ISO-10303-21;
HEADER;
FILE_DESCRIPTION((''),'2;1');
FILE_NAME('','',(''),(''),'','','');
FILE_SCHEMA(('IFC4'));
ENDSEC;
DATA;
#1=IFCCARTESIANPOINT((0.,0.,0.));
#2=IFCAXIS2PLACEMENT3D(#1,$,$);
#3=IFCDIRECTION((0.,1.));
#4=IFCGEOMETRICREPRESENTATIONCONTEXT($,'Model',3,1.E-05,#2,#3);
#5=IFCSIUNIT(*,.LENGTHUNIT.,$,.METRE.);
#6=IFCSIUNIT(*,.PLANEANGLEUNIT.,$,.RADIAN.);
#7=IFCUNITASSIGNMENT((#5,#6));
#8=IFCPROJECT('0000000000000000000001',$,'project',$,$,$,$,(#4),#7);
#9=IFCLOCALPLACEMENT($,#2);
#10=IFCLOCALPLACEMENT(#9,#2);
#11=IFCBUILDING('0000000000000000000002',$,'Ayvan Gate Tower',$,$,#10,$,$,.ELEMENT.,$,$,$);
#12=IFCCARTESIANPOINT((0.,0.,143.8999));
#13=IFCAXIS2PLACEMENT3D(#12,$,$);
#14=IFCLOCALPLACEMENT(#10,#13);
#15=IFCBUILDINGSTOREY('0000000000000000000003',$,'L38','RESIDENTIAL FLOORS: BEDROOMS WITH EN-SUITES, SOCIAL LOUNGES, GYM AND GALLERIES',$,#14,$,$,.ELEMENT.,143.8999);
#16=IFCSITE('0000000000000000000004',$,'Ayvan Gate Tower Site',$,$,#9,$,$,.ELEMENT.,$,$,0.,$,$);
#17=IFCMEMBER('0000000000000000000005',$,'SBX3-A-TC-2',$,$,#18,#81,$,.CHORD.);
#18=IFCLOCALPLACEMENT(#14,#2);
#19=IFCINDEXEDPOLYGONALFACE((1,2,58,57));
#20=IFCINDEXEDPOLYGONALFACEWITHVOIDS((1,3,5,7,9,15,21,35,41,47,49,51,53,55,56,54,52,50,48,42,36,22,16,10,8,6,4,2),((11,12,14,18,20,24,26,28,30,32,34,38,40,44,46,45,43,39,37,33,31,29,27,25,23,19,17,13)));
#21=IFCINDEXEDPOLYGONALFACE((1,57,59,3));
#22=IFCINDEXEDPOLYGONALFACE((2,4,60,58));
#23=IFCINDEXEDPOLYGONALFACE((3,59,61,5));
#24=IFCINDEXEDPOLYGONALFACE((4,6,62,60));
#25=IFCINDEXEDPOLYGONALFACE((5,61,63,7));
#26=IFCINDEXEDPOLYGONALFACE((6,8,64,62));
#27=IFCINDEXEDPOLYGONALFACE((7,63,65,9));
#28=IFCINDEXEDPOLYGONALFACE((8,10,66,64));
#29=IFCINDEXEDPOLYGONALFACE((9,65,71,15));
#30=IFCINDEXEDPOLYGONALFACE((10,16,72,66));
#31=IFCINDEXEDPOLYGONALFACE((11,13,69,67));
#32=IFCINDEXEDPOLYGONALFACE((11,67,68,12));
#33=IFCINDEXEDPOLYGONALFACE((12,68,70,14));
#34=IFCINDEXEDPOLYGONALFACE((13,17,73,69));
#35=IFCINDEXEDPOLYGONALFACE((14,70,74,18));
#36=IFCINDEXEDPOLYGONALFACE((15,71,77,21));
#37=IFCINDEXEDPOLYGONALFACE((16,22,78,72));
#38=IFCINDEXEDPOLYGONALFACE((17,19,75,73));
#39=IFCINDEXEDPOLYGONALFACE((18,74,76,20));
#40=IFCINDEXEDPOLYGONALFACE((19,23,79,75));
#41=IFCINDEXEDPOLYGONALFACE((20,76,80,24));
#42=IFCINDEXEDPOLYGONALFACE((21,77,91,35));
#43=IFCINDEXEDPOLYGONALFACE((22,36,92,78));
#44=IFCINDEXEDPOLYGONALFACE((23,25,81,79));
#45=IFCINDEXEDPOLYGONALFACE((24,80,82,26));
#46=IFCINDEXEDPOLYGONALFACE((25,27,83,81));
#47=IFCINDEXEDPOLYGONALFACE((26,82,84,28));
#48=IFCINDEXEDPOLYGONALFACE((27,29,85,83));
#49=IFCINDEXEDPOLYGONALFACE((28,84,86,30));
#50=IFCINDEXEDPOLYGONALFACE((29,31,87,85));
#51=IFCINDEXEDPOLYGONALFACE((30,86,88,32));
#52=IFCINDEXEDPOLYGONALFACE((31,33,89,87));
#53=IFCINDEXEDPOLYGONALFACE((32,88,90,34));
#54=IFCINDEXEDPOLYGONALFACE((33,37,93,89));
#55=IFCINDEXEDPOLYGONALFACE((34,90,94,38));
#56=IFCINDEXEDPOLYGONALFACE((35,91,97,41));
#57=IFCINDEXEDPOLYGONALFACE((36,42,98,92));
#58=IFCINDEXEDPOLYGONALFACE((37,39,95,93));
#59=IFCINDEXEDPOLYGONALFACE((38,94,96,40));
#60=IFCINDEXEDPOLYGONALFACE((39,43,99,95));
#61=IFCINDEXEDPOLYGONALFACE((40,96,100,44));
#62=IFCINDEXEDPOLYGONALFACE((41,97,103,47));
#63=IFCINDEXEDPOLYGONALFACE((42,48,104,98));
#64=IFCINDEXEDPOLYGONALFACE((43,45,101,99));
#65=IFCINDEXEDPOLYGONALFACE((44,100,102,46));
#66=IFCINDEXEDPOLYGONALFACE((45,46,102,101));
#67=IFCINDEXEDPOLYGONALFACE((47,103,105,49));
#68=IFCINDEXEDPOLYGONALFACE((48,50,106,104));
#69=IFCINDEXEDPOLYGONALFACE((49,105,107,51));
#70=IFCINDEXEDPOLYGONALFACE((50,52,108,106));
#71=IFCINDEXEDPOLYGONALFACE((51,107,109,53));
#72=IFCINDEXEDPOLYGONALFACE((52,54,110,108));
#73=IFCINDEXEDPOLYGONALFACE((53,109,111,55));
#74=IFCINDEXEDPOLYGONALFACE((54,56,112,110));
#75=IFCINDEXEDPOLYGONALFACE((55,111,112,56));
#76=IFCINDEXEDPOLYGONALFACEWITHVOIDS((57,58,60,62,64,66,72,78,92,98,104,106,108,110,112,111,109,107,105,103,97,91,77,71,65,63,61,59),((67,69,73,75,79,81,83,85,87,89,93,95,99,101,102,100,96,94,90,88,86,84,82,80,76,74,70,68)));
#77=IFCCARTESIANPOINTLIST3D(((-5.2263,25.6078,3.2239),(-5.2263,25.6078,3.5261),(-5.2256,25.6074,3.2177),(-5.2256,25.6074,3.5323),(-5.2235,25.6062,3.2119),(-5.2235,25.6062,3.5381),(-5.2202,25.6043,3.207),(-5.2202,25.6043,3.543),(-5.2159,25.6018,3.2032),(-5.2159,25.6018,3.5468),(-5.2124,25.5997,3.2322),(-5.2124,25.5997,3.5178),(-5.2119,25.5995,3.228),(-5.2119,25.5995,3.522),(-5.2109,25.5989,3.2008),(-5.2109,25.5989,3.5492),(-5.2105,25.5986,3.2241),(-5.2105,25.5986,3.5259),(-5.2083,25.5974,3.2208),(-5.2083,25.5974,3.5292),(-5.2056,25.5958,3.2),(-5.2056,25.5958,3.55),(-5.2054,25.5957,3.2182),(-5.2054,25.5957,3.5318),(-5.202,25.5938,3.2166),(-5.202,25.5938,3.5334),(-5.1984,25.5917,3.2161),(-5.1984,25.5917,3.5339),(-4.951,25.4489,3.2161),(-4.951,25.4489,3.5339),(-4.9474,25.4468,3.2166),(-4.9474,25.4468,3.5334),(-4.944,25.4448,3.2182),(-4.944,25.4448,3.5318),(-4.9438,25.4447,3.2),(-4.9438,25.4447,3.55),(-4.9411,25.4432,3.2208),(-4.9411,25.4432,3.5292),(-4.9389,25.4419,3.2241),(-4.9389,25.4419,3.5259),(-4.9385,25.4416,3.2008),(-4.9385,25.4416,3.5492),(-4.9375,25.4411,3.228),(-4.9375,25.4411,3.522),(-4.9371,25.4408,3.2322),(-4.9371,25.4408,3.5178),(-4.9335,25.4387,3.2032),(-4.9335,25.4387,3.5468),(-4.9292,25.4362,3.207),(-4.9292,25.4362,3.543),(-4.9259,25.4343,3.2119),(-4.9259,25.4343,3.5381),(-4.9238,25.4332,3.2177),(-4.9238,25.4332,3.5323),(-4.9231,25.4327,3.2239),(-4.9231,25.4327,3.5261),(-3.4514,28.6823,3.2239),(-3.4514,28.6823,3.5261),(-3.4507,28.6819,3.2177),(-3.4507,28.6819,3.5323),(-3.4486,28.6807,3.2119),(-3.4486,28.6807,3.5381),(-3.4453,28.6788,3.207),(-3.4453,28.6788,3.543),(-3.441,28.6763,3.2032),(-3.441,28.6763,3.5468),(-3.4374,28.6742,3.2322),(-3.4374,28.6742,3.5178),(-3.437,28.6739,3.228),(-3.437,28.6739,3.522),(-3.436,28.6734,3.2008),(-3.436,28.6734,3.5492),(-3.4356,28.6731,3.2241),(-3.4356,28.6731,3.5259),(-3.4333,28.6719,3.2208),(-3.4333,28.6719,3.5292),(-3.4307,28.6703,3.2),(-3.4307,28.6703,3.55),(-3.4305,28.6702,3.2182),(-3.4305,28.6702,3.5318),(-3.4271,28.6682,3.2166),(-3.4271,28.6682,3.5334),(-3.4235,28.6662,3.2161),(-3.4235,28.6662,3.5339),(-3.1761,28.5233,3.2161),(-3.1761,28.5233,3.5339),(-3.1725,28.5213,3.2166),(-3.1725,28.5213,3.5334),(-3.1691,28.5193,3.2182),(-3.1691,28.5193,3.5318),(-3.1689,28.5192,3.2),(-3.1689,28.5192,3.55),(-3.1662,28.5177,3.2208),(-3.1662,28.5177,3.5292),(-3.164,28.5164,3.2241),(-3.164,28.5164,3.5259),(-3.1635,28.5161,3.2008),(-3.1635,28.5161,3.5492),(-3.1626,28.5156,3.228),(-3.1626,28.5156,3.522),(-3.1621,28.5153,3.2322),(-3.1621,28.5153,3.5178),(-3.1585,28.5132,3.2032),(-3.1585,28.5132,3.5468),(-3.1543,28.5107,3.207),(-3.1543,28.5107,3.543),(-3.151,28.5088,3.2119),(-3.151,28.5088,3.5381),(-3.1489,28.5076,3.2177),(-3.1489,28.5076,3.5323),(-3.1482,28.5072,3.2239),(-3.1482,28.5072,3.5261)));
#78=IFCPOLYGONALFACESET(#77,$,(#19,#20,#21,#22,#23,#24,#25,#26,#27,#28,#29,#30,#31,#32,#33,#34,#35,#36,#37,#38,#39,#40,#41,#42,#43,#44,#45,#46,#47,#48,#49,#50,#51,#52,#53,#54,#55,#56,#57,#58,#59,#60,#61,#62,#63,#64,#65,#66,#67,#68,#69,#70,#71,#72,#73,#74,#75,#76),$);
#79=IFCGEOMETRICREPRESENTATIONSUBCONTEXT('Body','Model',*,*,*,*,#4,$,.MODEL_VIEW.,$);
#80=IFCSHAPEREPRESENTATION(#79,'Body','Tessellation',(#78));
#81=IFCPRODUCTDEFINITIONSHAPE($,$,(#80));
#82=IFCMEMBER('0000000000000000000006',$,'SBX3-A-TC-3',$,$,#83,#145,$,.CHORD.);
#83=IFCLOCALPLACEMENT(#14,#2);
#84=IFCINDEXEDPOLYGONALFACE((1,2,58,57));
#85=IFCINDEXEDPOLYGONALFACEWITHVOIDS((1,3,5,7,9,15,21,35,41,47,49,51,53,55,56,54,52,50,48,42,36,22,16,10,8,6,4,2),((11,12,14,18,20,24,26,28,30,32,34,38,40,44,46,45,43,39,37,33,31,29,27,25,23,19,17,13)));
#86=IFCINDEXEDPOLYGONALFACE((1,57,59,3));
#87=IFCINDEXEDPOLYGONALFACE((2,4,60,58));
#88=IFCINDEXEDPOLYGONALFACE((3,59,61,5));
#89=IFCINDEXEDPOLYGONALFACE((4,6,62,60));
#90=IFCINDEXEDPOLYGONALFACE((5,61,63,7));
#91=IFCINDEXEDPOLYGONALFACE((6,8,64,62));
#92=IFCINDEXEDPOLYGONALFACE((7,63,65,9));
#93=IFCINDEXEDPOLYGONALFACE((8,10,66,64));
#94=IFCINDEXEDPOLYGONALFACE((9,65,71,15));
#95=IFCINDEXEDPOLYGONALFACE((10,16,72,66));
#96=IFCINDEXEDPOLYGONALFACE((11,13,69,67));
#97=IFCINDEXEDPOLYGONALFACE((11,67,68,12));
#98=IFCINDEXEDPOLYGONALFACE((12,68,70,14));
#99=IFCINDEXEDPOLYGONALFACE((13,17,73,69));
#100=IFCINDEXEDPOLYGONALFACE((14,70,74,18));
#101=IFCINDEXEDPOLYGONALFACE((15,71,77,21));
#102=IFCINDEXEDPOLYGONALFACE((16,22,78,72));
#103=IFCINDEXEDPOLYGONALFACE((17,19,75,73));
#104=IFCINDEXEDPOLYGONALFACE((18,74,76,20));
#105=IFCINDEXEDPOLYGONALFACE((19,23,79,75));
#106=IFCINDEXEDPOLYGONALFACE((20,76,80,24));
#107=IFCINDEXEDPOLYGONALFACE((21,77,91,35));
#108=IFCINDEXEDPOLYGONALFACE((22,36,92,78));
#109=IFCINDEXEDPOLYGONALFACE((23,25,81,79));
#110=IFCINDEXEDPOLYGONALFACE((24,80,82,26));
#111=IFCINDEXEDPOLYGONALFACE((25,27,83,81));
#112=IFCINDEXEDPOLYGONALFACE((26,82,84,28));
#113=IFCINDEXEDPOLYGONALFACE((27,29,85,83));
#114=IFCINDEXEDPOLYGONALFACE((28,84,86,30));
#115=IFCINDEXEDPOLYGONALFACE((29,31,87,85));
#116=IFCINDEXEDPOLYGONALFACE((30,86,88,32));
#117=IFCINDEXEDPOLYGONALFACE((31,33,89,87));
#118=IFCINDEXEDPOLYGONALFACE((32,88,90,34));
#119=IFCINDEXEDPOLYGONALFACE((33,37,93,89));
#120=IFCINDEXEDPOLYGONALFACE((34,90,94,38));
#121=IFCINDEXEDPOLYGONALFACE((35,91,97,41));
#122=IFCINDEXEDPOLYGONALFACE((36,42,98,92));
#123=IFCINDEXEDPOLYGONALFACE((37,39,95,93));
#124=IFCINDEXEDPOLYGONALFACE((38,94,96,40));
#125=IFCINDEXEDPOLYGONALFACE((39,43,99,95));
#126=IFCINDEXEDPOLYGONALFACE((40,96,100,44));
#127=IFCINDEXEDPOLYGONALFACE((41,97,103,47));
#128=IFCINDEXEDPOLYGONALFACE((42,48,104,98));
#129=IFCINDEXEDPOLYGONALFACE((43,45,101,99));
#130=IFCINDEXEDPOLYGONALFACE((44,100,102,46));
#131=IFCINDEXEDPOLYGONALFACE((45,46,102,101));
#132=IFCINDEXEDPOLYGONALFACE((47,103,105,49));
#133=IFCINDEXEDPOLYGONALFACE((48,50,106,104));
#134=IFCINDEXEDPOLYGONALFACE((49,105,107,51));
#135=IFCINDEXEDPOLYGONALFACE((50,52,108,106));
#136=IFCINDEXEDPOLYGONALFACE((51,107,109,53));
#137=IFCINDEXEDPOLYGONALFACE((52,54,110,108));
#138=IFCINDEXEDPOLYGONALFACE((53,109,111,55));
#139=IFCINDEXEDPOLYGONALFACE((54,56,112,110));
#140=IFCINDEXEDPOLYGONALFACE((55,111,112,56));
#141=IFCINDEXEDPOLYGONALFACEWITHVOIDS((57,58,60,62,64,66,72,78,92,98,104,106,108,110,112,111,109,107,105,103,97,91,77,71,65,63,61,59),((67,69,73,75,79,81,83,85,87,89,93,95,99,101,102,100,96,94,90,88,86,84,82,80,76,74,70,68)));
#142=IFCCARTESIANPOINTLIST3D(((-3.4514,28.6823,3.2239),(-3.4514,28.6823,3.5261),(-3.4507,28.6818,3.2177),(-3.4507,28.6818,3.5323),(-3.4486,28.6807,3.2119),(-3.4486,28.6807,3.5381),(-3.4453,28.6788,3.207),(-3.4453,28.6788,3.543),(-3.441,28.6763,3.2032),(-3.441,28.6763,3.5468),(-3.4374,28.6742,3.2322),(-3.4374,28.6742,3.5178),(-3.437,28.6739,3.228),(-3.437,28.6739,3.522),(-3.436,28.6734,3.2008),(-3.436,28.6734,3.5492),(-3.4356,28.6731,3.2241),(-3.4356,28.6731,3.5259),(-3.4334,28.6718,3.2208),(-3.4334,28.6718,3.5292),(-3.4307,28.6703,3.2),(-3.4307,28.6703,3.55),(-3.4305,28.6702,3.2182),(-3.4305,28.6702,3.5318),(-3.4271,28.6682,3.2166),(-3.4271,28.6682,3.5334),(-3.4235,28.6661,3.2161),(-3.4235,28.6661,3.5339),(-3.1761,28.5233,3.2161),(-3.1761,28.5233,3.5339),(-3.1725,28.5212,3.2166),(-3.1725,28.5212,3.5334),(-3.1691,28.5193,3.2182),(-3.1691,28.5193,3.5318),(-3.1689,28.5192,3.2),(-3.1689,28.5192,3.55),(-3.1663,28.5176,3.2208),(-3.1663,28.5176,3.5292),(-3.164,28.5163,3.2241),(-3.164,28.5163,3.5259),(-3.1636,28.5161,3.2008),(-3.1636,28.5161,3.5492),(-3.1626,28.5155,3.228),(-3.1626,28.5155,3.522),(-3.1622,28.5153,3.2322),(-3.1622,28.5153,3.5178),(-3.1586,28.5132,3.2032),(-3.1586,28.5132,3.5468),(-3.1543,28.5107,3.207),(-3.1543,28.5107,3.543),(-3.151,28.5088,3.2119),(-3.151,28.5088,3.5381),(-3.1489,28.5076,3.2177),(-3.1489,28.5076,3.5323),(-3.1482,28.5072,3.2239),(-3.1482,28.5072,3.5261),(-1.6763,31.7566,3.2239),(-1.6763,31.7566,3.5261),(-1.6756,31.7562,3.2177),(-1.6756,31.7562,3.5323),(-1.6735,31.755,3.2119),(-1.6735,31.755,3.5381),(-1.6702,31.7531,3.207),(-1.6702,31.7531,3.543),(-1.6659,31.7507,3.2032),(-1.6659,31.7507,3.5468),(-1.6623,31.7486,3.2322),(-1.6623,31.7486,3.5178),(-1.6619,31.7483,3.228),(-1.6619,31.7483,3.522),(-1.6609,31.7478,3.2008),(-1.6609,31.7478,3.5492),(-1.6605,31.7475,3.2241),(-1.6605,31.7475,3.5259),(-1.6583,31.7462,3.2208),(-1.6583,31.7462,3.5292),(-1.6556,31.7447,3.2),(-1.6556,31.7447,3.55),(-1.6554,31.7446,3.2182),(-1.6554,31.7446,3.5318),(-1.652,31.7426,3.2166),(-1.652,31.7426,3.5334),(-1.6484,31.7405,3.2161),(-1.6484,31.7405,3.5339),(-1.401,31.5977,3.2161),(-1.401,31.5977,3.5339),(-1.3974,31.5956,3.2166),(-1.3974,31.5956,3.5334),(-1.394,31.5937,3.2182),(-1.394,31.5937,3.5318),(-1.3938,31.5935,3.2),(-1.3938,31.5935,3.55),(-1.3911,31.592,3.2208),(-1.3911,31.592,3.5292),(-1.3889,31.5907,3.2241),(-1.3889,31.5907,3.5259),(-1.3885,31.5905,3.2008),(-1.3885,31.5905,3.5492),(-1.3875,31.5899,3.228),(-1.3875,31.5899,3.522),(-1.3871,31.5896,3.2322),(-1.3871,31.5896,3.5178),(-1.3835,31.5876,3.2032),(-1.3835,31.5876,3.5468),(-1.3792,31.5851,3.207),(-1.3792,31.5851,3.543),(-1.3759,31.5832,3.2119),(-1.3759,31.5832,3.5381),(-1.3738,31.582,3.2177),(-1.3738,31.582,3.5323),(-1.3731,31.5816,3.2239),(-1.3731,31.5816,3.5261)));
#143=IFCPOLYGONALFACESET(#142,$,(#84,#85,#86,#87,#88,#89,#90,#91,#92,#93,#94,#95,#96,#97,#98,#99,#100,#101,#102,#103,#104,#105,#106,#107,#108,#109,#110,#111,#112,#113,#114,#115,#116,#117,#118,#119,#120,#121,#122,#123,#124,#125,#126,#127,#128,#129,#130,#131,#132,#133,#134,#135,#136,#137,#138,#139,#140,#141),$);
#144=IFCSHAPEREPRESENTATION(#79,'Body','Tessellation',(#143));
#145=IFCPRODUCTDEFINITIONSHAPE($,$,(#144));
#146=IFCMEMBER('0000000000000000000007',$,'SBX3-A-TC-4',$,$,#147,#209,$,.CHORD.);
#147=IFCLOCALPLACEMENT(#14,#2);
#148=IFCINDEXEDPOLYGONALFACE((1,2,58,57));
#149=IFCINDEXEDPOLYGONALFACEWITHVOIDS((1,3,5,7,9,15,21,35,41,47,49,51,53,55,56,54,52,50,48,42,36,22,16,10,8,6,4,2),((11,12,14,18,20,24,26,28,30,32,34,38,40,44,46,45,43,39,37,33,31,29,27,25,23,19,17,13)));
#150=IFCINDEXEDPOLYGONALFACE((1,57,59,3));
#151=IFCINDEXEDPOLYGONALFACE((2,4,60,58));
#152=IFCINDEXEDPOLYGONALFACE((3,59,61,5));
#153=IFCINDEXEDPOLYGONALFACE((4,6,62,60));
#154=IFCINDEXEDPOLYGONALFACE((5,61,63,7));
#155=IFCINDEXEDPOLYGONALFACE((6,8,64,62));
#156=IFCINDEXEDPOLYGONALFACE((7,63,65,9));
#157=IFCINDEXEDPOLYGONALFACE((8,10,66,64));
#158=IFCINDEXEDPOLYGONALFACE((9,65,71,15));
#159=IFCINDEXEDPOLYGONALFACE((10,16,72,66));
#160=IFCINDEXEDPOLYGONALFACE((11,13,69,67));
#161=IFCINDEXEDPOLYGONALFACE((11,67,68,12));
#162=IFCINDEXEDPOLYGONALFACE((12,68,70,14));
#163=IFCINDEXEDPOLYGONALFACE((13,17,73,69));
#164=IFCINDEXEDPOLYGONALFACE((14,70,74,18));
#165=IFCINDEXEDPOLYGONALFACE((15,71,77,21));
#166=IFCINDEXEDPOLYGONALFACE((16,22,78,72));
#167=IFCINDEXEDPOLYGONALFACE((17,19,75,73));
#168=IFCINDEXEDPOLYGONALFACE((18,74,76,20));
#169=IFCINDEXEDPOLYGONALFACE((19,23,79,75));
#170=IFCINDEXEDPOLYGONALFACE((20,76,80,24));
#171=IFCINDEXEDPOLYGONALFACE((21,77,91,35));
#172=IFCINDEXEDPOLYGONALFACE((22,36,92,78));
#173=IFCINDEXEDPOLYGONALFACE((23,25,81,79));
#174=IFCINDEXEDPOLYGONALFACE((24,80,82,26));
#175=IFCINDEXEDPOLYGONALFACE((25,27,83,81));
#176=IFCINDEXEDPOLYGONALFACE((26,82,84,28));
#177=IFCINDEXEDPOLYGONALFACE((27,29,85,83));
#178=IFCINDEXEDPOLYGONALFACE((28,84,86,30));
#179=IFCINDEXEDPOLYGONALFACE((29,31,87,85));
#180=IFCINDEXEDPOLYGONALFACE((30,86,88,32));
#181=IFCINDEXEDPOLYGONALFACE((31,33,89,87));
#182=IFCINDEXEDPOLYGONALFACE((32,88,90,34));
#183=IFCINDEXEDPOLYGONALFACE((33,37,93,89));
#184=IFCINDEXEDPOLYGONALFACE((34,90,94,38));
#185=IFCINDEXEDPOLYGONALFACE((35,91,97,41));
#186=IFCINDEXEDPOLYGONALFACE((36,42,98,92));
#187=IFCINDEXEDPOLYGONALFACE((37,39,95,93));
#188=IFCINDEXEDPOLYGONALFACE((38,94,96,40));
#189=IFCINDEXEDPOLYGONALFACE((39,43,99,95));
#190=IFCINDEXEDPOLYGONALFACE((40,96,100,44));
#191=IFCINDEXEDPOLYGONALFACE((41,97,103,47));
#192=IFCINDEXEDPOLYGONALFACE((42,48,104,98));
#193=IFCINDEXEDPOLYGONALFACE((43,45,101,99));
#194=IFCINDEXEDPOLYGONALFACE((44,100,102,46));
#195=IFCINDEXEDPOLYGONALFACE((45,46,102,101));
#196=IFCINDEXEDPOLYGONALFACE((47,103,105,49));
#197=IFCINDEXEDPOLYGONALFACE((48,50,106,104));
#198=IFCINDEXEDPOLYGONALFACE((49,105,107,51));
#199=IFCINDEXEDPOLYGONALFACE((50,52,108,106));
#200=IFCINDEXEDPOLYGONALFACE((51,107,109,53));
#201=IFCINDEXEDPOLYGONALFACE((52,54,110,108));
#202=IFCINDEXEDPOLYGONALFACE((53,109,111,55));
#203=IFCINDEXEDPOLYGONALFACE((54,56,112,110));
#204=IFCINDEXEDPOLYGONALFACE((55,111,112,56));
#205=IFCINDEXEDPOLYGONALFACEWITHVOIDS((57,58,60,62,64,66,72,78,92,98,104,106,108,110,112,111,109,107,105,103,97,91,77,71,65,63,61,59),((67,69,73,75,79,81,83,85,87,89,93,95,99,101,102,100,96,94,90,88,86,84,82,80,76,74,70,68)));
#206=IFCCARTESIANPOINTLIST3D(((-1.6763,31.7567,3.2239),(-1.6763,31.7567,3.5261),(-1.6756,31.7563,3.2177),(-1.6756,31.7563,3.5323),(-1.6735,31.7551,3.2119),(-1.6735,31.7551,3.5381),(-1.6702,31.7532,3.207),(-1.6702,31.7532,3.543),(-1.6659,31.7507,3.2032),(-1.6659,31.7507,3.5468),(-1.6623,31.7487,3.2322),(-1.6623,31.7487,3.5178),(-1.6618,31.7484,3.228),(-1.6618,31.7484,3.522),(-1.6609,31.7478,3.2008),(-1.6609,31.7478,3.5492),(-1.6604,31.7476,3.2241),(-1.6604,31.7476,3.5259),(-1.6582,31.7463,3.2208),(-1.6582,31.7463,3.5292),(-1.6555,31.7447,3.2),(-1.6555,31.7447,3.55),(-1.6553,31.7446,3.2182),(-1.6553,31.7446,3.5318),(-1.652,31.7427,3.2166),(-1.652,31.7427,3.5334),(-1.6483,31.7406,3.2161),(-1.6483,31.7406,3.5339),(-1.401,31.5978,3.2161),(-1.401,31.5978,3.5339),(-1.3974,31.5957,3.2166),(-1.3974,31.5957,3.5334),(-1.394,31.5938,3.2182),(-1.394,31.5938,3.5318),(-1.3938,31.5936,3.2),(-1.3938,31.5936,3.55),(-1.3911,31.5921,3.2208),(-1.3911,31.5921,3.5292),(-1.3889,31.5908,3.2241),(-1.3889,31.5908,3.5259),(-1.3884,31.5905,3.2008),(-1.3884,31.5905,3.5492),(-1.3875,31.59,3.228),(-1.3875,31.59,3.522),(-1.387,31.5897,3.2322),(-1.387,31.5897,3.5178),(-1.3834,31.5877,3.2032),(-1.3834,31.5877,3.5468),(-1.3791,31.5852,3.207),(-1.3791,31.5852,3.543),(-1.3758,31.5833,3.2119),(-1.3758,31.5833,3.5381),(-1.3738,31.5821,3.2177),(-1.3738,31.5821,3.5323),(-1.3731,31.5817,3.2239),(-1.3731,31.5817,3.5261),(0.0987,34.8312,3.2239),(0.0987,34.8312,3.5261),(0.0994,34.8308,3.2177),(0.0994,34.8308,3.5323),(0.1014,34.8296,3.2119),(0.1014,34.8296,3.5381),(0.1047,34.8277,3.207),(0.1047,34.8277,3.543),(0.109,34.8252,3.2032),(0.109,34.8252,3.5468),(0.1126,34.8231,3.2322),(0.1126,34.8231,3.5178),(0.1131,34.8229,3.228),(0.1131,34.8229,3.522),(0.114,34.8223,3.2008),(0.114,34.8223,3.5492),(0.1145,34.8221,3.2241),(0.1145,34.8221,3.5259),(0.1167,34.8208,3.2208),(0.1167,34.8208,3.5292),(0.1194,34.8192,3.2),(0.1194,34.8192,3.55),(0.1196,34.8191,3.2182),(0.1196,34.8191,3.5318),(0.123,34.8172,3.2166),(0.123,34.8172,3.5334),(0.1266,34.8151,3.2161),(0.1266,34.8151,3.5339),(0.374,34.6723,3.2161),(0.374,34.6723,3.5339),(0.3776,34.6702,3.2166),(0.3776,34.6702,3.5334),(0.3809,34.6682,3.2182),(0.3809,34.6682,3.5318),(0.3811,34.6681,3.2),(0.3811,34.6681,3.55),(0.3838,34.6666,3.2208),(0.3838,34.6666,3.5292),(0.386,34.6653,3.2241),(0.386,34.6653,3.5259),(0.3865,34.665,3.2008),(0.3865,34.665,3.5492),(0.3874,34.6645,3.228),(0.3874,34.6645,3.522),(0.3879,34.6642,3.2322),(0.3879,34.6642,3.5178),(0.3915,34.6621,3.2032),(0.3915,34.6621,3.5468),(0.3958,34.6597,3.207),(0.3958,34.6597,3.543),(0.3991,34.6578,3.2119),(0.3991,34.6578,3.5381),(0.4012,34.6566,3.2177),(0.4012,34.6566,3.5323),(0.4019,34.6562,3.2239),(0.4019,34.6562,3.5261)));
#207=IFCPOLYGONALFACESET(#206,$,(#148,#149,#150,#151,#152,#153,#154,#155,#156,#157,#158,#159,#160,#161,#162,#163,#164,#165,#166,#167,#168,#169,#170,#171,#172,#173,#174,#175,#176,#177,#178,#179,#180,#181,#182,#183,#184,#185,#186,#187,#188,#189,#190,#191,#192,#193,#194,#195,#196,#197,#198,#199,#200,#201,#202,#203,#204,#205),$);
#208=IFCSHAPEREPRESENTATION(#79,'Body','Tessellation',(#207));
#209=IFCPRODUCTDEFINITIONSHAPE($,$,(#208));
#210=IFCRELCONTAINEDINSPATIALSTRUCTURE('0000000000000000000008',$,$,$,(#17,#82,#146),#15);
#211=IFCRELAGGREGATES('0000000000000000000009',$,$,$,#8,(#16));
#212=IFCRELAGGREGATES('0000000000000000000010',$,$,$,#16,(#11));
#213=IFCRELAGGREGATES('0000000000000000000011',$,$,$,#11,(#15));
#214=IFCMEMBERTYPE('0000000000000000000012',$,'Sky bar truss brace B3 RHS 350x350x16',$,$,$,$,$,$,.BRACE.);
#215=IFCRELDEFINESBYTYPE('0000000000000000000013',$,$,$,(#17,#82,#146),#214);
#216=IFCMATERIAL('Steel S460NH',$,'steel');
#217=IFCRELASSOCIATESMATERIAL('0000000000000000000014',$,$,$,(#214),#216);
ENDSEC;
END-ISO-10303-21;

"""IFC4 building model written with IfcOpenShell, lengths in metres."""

from ifc_helpers import new_model, si_unit, direction, frame, origin, origin_2d, place, context, subcontext, project, spatial, hollow_rectangle, extrude, material, material_profile, profile_set, type_object, element, save


model = new_model("IFC4")

# Units and contexts
model_context = context("Model", 3, precision=1e-05, world=origin(), true_north=direction((0.0, 1.0)))
body_context = subcontext(model_context, "Body", "Model", "MODEL_VIEW")
ifc_project = project(units=[si_unit("LENGTHUNIT", "METRE"), si_unit("PLANEANGLEUNIT", "RADIAN")], contexts=[model_context])

# Site, building, storey
site_placement = place(None, origin())
site = spatial("IfcSite", under=ifc_project, at=site_placement, Name="Ayvan Gate Tower Site", CompositionType="ELEMENT", RefElevation=0.0)
building_placement = place(site_placement, origin())
building = spatial("IfcBuilding", under=site, at=building_placement, Name="Ayvan Gate Tower", CompositionType="ELEMENT")
storey_placement = place(building_placement, frame((0.0, 0.0, 143.8999)))
storey = spatial("IfcBuildingStorey", under=building, at=storey_placement, Name="L38", Description="RESIDENTIAL FLOORS: BEDROOMS WITH EN-SUITES, SOCIAL LOUNGES, GYM AND GALLERIES", CompositionType="ELEMENT", Elevation=143.8999)

# Members
ifc_material_1 = material(Name="Steel S460NH", Category="steel")
ifc_material_profile_1 = material_profile(ifc_material_1, hollow_rectangle(XDim=0.3501, YDim=0.3501, WallThickness=0.0161, InnerFilletRadius=0.0161, OuterFilletRadius=0.0239, at=origin_2d()), Name="RHS 350x350x16")
ifc_profile_set_1 = profile_set([ifc_material_profile_1], Name="Steel S460NH")
member_type_1 = type_object("IfcMemberType", Name="Sky bar truss brace B3 RHS 350x350x16", PredefinedType="BRACE", material=ifc_profile_set_1)
for number, where, z_axis, x_axis, name in (
    (1, (-5.0747, 25.5203, 3.375), (0.49997, 0.866042, 0.0), (-0.866042, 0.49997, 0.0), "SBX3-A-TC-2"),
    (2, (-3.2998, 28.5947, 3.375), (0.500022, 0.866013, 0.0), (-0.866013, 0.500022, 0.0), "SBX3-A-TC-3"),
    (3, (-1.5247, 31.6692, 3.375), (0.49997, 0.866042, 0.0), (-0.866042, 0.49997, 0.0), "SBX3-A-TC-4"),
):
    element("IfcMember", number, at=place(storey_placement, frame(where, z_axis=z_axis, x_axis=x_axis)), inside=storey, type_object=member_type_1, Name=name, PredefinedType="CHORD", context=body_context, shape_type="SweptSolid", body=[
        extrude(hollow_rectangle(XDim=0.3501, YDim=0.3501, WallThickness=0.0161, InnerFilletRadius=0.0161, OuterFilletRadius=0.0239, at=origin_2d()), origin(), (0.0, 0.0, 1.0), 3.55),
    ])

save(model, "model.ifc")
